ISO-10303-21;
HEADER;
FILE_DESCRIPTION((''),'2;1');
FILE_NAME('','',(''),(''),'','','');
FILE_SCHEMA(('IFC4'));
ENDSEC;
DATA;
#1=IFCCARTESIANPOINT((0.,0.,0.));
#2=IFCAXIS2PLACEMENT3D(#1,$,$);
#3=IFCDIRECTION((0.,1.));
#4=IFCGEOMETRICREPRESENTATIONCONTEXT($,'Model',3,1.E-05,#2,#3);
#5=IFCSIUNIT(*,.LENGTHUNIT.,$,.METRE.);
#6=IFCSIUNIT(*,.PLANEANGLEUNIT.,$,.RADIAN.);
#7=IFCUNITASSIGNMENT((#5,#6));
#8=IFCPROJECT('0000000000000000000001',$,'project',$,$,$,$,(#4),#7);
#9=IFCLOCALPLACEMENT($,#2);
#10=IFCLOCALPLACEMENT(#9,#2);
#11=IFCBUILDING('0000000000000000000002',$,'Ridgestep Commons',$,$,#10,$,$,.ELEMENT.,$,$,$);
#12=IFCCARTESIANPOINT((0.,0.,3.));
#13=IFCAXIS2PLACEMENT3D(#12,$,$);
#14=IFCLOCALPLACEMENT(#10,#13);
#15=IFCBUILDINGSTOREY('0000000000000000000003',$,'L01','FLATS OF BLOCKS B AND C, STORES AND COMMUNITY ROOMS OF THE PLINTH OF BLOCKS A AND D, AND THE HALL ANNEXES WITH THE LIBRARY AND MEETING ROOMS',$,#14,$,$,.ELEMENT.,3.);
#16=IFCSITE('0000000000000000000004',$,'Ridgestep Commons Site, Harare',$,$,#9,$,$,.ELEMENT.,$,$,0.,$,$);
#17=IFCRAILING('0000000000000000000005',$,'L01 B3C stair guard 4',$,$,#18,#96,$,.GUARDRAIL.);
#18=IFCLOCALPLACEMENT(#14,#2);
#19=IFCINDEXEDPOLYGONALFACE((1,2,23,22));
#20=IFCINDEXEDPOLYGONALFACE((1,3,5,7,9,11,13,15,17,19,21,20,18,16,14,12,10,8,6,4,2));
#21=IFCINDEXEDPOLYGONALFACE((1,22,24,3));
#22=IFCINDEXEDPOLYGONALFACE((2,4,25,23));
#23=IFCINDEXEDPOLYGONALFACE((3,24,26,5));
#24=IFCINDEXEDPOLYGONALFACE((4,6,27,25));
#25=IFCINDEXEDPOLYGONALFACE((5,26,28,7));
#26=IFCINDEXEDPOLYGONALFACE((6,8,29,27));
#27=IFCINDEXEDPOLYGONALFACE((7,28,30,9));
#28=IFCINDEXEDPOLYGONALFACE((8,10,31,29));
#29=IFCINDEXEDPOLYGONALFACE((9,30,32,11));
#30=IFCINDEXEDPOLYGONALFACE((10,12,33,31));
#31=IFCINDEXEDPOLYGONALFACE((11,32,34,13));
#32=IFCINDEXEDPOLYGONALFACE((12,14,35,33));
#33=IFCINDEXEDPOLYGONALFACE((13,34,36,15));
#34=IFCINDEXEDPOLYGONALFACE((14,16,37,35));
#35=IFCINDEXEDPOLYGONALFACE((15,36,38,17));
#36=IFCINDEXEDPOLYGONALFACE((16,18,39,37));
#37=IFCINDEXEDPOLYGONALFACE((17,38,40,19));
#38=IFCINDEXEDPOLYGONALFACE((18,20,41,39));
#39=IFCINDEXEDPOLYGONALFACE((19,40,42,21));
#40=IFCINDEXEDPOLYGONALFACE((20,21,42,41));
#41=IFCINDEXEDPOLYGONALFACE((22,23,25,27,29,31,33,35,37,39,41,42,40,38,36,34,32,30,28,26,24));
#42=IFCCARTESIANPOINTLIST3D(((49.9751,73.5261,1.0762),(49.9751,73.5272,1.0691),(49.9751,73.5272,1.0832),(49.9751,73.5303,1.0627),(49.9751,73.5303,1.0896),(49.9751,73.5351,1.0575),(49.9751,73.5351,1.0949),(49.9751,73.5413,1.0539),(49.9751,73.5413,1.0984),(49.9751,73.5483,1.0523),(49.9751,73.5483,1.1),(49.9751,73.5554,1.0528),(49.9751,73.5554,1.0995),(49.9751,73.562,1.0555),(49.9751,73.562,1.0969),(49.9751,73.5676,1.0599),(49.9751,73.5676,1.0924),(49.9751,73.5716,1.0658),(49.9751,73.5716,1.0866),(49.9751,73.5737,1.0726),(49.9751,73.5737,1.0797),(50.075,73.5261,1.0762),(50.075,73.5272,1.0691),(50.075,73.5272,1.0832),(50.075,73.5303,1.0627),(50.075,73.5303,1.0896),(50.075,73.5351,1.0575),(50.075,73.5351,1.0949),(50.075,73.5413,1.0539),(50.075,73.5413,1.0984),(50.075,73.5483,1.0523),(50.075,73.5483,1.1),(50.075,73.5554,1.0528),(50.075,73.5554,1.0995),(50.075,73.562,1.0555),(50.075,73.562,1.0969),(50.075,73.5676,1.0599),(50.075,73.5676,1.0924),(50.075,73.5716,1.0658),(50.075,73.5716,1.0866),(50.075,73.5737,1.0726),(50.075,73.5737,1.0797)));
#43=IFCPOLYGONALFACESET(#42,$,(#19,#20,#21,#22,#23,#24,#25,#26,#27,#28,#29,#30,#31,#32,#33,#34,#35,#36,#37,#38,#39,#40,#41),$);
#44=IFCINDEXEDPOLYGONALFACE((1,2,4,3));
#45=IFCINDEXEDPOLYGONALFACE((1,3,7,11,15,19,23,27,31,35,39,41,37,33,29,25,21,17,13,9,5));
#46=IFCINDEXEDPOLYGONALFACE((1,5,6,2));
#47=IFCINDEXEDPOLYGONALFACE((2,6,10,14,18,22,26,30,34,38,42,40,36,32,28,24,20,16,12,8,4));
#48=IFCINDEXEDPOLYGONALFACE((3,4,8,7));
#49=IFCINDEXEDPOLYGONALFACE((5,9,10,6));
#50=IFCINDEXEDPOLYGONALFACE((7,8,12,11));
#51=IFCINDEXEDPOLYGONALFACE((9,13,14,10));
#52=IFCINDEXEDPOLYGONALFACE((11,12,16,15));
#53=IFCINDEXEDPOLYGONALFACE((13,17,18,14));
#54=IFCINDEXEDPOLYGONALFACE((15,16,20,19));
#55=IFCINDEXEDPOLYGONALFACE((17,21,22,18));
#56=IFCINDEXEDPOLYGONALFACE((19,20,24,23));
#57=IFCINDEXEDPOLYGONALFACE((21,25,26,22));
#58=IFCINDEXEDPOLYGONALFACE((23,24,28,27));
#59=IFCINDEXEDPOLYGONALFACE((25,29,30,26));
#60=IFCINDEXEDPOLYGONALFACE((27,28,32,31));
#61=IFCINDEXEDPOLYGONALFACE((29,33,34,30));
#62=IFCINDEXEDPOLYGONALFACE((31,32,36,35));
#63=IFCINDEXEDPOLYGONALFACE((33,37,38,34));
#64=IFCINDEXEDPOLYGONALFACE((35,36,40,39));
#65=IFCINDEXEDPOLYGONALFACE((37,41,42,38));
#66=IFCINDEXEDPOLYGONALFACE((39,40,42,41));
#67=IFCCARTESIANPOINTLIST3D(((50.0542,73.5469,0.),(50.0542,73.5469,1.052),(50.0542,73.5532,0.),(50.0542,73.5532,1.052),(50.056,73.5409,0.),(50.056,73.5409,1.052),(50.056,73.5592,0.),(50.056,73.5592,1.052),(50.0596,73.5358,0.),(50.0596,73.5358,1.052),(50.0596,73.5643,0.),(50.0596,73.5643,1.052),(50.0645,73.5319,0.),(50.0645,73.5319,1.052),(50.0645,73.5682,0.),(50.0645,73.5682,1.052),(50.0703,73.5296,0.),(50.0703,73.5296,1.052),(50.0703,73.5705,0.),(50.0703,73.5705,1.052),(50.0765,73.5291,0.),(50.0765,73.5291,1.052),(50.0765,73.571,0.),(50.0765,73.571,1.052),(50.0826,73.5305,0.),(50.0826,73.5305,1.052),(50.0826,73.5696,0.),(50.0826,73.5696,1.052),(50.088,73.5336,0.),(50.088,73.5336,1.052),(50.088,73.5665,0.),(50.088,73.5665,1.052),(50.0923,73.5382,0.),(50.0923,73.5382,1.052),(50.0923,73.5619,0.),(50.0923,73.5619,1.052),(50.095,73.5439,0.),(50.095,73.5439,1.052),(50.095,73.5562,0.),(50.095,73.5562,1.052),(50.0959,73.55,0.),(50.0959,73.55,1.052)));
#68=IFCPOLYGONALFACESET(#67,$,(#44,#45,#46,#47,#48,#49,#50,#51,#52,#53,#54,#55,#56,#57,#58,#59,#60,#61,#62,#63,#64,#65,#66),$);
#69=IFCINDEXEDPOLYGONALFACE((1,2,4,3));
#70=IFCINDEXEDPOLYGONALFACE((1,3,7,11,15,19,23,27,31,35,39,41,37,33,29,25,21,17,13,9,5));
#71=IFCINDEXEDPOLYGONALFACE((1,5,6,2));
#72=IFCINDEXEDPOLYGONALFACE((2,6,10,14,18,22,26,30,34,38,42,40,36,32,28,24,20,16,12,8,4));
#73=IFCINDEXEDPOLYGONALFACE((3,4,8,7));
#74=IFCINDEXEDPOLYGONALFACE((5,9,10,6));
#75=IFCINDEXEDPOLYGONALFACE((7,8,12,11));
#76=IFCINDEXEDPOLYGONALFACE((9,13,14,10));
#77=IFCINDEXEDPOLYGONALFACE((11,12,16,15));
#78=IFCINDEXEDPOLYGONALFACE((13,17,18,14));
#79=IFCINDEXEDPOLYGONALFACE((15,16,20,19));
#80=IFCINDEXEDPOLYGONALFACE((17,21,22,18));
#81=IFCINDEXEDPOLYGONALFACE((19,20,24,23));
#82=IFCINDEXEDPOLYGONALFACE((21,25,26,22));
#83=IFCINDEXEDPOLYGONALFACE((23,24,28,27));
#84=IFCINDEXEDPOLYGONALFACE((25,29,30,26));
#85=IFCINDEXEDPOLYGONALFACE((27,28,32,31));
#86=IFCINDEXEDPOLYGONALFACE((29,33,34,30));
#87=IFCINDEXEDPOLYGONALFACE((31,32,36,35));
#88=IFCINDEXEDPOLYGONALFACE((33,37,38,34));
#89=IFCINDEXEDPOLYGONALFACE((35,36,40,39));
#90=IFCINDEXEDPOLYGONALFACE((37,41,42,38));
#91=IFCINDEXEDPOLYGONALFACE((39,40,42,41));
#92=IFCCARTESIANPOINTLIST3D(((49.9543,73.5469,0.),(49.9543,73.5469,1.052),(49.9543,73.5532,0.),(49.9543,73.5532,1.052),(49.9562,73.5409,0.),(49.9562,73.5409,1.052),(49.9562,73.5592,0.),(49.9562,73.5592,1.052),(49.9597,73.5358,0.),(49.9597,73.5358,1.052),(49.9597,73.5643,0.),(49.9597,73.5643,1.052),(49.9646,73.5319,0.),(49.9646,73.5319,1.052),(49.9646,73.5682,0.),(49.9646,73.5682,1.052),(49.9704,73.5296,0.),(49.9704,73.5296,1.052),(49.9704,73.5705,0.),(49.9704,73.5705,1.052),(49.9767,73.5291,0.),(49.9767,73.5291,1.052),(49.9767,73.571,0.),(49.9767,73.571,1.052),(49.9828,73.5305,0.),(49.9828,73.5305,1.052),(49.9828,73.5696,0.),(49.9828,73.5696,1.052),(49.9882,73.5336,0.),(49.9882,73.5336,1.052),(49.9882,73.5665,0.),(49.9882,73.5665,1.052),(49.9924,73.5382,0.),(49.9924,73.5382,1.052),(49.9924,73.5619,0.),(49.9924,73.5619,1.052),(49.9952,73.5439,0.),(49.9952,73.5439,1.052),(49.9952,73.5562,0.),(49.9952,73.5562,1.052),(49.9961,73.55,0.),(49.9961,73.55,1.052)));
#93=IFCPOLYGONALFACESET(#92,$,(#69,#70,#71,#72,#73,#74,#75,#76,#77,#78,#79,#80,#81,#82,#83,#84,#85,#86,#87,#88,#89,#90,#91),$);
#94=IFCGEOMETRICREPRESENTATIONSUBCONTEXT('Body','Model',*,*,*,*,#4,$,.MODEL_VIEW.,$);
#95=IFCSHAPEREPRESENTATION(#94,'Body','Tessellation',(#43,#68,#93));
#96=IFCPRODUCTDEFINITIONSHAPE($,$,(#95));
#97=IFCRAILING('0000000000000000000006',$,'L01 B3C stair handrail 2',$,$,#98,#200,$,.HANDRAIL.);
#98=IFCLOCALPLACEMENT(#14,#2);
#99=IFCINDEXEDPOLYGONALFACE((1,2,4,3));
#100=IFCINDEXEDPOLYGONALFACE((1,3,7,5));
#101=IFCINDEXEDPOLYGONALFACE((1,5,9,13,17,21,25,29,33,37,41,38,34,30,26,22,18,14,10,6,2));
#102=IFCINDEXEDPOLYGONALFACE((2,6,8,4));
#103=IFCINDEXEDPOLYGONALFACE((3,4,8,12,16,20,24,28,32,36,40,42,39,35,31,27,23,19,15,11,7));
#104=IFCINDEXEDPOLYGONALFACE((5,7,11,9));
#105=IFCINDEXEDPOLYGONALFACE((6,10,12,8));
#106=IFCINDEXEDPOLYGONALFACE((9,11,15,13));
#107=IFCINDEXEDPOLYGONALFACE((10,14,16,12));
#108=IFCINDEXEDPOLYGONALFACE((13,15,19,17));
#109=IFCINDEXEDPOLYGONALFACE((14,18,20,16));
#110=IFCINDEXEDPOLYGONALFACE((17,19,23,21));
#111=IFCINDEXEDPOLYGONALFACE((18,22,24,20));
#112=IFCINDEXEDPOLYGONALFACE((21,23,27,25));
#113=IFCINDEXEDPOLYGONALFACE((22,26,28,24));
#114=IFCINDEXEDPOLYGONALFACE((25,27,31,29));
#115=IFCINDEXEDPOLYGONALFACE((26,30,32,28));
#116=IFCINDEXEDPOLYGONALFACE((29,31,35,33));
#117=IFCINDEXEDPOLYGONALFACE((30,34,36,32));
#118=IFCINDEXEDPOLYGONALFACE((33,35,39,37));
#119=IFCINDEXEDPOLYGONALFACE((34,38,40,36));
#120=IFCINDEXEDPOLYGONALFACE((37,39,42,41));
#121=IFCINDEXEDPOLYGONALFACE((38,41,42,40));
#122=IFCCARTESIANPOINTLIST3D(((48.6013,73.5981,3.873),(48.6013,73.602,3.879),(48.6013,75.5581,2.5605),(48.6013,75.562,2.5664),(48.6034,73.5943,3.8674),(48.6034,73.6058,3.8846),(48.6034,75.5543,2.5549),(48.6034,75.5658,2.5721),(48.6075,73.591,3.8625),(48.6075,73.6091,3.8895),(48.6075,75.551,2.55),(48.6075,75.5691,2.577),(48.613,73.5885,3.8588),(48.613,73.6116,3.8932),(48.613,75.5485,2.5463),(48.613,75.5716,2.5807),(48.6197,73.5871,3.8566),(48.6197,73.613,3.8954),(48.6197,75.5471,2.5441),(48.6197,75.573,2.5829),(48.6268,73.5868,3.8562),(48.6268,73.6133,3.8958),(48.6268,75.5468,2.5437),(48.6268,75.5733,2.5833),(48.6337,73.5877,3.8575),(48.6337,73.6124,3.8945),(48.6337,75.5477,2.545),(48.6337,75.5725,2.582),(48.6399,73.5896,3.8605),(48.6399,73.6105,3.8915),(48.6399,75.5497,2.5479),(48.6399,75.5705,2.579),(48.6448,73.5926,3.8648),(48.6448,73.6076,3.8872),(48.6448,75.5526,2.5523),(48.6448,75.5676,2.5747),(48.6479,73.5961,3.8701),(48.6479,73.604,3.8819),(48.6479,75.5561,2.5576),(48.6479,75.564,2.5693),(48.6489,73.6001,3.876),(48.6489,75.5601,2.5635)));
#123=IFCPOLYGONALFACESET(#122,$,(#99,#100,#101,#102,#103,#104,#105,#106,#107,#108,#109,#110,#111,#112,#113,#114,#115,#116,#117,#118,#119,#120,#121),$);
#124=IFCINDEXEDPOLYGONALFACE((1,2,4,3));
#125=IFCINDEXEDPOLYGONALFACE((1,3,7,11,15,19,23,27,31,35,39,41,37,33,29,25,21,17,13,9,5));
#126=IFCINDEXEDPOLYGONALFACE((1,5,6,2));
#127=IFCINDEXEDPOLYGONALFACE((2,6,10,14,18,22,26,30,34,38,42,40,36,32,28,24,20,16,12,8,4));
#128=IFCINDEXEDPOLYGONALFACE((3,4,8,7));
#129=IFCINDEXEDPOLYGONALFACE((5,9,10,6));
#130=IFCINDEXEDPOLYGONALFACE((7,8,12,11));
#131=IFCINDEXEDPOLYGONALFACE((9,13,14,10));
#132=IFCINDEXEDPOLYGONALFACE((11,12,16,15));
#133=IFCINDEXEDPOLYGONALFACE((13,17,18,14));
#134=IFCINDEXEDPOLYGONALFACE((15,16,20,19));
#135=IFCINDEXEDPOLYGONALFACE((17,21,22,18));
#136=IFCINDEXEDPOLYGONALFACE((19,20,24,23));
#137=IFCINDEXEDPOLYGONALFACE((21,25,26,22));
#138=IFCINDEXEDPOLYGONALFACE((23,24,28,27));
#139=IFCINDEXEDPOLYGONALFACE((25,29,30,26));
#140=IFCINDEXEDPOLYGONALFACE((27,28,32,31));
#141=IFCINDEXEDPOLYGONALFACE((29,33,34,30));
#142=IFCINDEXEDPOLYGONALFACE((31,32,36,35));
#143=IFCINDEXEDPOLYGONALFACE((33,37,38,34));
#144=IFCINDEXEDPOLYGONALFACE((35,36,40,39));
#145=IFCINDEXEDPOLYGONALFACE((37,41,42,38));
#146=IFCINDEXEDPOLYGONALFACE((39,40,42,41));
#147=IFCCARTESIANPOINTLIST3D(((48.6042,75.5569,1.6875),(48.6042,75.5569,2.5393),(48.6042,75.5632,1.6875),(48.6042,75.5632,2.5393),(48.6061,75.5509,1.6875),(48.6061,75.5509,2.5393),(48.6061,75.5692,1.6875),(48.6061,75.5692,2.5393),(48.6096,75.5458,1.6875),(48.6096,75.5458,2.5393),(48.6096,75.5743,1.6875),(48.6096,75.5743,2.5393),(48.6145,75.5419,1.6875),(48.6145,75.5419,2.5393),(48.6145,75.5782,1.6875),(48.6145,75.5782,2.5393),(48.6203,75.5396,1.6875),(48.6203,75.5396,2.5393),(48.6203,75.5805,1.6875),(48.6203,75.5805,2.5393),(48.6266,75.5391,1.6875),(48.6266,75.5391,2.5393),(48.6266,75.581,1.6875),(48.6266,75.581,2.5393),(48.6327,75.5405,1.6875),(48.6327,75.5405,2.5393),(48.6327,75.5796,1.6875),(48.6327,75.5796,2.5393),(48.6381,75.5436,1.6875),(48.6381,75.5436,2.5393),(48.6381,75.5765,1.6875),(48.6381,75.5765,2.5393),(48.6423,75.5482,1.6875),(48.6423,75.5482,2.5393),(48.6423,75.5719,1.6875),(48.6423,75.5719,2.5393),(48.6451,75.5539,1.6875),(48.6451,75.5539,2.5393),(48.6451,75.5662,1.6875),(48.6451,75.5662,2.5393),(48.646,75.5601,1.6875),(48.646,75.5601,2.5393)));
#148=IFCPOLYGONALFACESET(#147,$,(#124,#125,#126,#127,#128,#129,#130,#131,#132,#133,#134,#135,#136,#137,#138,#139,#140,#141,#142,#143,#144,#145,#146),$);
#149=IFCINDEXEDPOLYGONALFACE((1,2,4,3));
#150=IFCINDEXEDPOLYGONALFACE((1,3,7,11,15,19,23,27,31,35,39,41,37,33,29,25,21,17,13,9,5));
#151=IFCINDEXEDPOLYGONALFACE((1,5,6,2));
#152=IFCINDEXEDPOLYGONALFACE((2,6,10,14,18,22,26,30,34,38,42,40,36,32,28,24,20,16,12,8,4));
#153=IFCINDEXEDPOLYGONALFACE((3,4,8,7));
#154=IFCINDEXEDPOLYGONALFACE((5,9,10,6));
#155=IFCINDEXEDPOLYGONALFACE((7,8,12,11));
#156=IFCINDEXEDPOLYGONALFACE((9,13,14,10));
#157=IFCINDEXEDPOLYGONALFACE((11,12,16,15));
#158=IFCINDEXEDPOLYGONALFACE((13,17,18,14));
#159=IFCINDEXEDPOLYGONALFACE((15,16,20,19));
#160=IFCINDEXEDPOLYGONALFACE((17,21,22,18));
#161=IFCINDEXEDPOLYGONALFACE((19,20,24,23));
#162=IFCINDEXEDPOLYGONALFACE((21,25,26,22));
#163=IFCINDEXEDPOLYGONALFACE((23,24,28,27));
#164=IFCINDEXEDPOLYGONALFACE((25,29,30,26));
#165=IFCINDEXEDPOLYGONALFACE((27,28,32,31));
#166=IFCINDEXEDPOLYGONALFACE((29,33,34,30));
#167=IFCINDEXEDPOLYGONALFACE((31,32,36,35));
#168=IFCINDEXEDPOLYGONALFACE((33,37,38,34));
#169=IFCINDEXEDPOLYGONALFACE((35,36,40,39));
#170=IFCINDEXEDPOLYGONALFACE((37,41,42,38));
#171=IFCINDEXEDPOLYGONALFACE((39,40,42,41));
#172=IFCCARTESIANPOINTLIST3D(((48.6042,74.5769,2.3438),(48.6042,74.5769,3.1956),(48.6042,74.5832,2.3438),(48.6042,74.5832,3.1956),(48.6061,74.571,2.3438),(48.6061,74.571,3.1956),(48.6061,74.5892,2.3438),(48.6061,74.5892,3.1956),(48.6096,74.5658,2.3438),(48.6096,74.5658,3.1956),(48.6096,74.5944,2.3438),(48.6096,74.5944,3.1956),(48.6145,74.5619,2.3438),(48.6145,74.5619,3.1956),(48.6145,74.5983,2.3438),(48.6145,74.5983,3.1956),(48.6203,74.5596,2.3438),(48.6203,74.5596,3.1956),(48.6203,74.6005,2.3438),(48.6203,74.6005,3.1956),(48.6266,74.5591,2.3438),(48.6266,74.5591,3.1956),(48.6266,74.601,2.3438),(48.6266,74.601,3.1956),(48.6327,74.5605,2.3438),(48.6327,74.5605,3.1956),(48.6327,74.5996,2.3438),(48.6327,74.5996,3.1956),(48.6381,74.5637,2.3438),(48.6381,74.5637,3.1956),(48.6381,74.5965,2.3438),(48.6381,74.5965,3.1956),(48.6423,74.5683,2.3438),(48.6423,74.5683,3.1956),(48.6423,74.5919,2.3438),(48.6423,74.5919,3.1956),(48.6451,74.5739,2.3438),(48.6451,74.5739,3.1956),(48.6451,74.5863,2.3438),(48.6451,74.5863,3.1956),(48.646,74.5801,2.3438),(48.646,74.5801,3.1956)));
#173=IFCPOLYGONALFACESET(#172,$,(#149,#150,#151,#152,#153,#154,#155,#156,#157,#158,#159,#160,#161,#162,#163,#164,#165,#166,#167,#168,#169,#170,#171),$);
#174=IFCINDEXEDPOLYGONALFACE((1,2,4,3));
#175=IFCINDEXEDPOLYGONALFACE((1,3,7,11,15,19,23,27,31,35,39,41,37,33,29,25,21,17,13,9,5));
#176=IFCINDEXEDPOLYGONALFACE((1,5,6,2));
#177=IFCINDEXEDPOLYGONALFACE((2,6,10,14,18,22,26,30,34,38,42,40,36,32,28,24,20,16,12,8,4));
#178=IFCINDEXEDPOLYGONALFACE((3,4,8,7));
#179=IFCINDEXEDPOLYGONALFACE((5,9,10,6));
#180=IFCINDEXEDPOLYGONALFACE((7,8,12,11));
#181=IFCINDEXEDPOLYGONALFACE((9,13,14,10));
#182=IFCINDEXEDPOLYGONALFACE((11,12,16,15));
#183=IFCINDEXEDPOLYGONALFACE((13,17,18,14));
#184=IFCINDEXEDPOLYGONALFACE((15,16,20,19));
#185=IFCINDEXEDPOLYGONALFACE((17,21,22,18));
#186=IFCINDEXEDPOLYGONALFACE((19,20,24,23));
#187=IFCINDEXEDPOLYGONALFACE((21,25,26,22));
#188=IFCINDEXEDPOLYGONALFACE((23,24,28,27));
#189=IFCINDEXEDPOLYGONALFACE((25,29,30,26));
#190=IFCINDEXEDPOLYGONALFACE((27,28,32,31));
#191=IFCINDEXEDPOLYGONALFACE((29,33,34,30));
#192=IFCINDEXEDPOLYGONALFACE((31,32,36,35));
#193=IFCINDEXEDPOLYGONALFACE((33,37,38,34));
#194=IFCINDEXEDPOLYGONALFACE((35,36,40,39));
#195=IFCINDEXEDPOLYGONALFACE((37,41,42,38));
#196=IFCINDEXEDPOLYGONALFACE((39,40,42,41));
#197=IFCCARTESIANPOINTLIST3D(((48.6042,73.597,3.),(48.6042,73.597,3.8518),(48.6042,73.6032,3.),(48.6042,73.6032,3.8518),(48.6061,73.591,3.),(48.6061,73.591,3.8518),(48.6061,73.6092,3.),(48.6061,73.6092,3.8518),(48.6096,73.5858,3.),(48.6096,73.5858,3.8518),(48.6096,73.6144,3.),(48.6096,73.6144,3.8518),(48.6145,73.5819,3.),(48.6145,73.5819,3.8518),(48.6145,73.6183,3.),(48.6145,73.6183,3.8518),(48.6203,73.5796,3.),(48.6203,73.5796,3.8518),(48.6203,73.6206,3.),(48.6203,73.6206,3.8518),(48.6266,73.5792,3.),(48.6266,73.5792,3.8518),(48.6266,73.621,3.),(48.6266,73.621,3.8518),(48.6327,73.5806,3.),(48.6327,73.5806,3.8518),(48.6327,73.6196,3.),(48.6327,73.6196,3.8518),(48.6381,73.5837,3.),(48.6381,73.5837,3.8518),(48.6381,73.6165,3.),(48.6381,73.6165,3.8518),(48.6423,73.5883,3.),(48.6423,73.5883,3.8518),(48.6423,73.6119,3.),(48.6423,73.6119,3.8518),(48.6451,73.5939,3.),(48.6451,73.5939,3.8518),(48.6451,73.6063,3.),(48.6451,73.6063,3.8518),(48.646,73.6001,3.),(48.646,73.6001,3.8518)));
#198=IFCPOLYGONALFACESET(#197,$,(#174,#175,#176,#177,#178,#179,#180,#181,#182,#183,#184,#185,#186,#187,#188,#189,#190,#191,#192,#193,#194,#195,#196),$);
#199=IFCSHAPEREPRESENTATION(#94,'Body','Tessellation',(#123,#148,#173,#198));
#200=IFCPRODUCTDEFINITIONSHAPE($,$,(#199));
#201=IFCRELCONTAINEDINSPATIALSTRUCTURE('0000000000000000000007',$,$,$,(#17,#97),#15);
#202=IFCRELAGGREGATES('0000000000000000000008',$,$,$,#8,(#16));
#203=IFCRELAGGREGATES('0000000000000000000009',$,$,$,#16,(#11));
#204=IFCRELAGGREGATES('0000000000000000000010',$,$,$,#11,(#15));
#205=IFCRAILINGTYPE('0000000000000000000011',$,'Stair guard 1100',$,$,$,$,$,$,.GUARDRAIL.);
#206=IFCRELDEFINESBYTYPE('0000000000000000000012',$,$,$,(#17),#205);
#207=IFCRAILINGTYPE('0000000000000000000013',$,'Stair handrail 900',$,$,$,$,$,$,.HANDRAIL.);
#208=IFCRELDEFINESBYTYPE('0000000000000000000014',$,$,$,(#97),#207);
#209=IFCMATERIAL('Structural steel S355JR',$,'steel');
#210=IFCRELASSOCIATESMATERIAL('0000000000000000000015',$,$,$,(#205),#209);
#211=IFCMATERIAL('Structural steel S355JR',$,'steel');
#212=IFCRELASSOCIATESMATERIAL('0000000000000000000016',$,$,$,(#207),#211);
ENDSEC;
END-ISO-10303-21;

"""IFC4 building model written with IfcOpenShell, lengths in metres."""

from ifc_helpers import new_model, si_unit, direction, frame, origin, origin_2d, place, context, subcontext, project, spatial, circle, extrude, material, type_object, element, save


model = new_model("IFC4")

# Units and contexts
model_context = context("Model", 3, precision=1e-05, world=origin(), true_north=direction((0.0, 1.0)))
body_context = subcontext(model_context, "Body", "Model", "MODEL_VIEW")
ifc_project = project(units=[si_unit("LENGTHUNIT", "METRE"), si_unit("PLANEANGLEUNIT", "RADIAN")], contexts=[model_context])

# Site, building, storey
site_placement = place(None, origin())
site = spatial("IfcSite", under=ifc_project, at=site_placement, Name="Ridgestep Commons Site, Harare", CompositionType="ELEMENT", RefElevation=0.0)
building_placement = place(site_placement, origin())
building = spatial("IfcBuilding", under=site, at=building_placement, Name="Ridgestep Commons", CompositionType="ELEMENT")
storey_placement = place(building_placement, frame((0.0, 0.0, 3.0)))
storey = spatial("IfcBuildingStorey", under=building, at=storey_placement, Name="L01", Description="FLATS OF BLOCKS B AND C, STORES AND COMMUNITY ROOMS OF THE PLINTH OF BLOCKS A AND D, AND THE HALL ANNEXES WITH THE LIBRARY AND MEETING ROOMS", CompositionType="ELEMENT", Elevation=3.0)

# Railings
ifc_material_1 = material(Name="Structural steel S355JR", Category="steel")
railing_type_1 = type_object("IfcRailingType", Name="Stair guard 1100", PredefinedType="GUARDRAIL", material=ifc_material_1)
railing_1_placement = place(storey_placement, frame((50.075, 73.55, 0.0)))
element("IfcRailing", 1, at=railing_1_placement, inside=storey, type_object=railing_type_1, Name="L01 B3C stair guard 4", PredefinedType="GUARDRAIL", context=body_context, shape_type="SweptSolid", body=[
    extrude(circle(Radius=0.0239, at=origin_2d()), frame((0.0, 0.0, 1.0762), z_axis=(-1.0, 0.0, 0.0), x_axis=(0.0, -1.0, 0.0)), (0.0, 0.0, 1.0), 0.0999),
    extrude(circle(Radius=0.021, at=origin_2d()), origin(), (0.0, 0.0, 1.0), 1.052),
    extrude(circle(Radius=0.021, at=origin_2d()), frame((-0.0999, 0.0, 0.0)), (0.0, 0.0, 1.0), 1.052),
])
ifc_material_2 = material(Name="Structural steel S355JR", Category="steel")
railing_type_2 = type_object("IfcRailingType", Name="Stair handrail 900", PredefinedType="HANDRAIL", material=ifc_material_2)
railing_2_placement = place(storey_placement, frame((48.625, 75.5601, 1.6875)))
element("IfcRailing", 2, at=railing_2_placement, inside=storey, type_object=railing_type_2, Name="L01 B3C stair handrail 2", PredefinedType="HANDRAIL", context=body_context, shape_type="SweptSolid", body=[
    extrude(circle(Radius=0.0239, at=origin_2d()), frame((0.0, 0.0, 0.876), z_axis=(0.0, -0.830902, 0.556419), x_axis=(1.0, 0.0, 0.0)), (0.0, 0.0, 1.0), 2.3589),
    extrude(circle(Radius=0.021, at=origin_2d()), origin(), (0.0, 0.0, 1.0), 0.8518),
    extrude(circle(Radius=0.021, at=origin_2d()), frame((0.0, -0.98, 0.6562)), (0.0, 0.0, 1.0), 0.8518),
    extrude(circle(Radius=0.021, at=origin_2d()), frame((0.0, -1.96, 1.3125)), (0.0, 0.0, 1.0), 0.8518),
])

save(model, "model.ifc")
